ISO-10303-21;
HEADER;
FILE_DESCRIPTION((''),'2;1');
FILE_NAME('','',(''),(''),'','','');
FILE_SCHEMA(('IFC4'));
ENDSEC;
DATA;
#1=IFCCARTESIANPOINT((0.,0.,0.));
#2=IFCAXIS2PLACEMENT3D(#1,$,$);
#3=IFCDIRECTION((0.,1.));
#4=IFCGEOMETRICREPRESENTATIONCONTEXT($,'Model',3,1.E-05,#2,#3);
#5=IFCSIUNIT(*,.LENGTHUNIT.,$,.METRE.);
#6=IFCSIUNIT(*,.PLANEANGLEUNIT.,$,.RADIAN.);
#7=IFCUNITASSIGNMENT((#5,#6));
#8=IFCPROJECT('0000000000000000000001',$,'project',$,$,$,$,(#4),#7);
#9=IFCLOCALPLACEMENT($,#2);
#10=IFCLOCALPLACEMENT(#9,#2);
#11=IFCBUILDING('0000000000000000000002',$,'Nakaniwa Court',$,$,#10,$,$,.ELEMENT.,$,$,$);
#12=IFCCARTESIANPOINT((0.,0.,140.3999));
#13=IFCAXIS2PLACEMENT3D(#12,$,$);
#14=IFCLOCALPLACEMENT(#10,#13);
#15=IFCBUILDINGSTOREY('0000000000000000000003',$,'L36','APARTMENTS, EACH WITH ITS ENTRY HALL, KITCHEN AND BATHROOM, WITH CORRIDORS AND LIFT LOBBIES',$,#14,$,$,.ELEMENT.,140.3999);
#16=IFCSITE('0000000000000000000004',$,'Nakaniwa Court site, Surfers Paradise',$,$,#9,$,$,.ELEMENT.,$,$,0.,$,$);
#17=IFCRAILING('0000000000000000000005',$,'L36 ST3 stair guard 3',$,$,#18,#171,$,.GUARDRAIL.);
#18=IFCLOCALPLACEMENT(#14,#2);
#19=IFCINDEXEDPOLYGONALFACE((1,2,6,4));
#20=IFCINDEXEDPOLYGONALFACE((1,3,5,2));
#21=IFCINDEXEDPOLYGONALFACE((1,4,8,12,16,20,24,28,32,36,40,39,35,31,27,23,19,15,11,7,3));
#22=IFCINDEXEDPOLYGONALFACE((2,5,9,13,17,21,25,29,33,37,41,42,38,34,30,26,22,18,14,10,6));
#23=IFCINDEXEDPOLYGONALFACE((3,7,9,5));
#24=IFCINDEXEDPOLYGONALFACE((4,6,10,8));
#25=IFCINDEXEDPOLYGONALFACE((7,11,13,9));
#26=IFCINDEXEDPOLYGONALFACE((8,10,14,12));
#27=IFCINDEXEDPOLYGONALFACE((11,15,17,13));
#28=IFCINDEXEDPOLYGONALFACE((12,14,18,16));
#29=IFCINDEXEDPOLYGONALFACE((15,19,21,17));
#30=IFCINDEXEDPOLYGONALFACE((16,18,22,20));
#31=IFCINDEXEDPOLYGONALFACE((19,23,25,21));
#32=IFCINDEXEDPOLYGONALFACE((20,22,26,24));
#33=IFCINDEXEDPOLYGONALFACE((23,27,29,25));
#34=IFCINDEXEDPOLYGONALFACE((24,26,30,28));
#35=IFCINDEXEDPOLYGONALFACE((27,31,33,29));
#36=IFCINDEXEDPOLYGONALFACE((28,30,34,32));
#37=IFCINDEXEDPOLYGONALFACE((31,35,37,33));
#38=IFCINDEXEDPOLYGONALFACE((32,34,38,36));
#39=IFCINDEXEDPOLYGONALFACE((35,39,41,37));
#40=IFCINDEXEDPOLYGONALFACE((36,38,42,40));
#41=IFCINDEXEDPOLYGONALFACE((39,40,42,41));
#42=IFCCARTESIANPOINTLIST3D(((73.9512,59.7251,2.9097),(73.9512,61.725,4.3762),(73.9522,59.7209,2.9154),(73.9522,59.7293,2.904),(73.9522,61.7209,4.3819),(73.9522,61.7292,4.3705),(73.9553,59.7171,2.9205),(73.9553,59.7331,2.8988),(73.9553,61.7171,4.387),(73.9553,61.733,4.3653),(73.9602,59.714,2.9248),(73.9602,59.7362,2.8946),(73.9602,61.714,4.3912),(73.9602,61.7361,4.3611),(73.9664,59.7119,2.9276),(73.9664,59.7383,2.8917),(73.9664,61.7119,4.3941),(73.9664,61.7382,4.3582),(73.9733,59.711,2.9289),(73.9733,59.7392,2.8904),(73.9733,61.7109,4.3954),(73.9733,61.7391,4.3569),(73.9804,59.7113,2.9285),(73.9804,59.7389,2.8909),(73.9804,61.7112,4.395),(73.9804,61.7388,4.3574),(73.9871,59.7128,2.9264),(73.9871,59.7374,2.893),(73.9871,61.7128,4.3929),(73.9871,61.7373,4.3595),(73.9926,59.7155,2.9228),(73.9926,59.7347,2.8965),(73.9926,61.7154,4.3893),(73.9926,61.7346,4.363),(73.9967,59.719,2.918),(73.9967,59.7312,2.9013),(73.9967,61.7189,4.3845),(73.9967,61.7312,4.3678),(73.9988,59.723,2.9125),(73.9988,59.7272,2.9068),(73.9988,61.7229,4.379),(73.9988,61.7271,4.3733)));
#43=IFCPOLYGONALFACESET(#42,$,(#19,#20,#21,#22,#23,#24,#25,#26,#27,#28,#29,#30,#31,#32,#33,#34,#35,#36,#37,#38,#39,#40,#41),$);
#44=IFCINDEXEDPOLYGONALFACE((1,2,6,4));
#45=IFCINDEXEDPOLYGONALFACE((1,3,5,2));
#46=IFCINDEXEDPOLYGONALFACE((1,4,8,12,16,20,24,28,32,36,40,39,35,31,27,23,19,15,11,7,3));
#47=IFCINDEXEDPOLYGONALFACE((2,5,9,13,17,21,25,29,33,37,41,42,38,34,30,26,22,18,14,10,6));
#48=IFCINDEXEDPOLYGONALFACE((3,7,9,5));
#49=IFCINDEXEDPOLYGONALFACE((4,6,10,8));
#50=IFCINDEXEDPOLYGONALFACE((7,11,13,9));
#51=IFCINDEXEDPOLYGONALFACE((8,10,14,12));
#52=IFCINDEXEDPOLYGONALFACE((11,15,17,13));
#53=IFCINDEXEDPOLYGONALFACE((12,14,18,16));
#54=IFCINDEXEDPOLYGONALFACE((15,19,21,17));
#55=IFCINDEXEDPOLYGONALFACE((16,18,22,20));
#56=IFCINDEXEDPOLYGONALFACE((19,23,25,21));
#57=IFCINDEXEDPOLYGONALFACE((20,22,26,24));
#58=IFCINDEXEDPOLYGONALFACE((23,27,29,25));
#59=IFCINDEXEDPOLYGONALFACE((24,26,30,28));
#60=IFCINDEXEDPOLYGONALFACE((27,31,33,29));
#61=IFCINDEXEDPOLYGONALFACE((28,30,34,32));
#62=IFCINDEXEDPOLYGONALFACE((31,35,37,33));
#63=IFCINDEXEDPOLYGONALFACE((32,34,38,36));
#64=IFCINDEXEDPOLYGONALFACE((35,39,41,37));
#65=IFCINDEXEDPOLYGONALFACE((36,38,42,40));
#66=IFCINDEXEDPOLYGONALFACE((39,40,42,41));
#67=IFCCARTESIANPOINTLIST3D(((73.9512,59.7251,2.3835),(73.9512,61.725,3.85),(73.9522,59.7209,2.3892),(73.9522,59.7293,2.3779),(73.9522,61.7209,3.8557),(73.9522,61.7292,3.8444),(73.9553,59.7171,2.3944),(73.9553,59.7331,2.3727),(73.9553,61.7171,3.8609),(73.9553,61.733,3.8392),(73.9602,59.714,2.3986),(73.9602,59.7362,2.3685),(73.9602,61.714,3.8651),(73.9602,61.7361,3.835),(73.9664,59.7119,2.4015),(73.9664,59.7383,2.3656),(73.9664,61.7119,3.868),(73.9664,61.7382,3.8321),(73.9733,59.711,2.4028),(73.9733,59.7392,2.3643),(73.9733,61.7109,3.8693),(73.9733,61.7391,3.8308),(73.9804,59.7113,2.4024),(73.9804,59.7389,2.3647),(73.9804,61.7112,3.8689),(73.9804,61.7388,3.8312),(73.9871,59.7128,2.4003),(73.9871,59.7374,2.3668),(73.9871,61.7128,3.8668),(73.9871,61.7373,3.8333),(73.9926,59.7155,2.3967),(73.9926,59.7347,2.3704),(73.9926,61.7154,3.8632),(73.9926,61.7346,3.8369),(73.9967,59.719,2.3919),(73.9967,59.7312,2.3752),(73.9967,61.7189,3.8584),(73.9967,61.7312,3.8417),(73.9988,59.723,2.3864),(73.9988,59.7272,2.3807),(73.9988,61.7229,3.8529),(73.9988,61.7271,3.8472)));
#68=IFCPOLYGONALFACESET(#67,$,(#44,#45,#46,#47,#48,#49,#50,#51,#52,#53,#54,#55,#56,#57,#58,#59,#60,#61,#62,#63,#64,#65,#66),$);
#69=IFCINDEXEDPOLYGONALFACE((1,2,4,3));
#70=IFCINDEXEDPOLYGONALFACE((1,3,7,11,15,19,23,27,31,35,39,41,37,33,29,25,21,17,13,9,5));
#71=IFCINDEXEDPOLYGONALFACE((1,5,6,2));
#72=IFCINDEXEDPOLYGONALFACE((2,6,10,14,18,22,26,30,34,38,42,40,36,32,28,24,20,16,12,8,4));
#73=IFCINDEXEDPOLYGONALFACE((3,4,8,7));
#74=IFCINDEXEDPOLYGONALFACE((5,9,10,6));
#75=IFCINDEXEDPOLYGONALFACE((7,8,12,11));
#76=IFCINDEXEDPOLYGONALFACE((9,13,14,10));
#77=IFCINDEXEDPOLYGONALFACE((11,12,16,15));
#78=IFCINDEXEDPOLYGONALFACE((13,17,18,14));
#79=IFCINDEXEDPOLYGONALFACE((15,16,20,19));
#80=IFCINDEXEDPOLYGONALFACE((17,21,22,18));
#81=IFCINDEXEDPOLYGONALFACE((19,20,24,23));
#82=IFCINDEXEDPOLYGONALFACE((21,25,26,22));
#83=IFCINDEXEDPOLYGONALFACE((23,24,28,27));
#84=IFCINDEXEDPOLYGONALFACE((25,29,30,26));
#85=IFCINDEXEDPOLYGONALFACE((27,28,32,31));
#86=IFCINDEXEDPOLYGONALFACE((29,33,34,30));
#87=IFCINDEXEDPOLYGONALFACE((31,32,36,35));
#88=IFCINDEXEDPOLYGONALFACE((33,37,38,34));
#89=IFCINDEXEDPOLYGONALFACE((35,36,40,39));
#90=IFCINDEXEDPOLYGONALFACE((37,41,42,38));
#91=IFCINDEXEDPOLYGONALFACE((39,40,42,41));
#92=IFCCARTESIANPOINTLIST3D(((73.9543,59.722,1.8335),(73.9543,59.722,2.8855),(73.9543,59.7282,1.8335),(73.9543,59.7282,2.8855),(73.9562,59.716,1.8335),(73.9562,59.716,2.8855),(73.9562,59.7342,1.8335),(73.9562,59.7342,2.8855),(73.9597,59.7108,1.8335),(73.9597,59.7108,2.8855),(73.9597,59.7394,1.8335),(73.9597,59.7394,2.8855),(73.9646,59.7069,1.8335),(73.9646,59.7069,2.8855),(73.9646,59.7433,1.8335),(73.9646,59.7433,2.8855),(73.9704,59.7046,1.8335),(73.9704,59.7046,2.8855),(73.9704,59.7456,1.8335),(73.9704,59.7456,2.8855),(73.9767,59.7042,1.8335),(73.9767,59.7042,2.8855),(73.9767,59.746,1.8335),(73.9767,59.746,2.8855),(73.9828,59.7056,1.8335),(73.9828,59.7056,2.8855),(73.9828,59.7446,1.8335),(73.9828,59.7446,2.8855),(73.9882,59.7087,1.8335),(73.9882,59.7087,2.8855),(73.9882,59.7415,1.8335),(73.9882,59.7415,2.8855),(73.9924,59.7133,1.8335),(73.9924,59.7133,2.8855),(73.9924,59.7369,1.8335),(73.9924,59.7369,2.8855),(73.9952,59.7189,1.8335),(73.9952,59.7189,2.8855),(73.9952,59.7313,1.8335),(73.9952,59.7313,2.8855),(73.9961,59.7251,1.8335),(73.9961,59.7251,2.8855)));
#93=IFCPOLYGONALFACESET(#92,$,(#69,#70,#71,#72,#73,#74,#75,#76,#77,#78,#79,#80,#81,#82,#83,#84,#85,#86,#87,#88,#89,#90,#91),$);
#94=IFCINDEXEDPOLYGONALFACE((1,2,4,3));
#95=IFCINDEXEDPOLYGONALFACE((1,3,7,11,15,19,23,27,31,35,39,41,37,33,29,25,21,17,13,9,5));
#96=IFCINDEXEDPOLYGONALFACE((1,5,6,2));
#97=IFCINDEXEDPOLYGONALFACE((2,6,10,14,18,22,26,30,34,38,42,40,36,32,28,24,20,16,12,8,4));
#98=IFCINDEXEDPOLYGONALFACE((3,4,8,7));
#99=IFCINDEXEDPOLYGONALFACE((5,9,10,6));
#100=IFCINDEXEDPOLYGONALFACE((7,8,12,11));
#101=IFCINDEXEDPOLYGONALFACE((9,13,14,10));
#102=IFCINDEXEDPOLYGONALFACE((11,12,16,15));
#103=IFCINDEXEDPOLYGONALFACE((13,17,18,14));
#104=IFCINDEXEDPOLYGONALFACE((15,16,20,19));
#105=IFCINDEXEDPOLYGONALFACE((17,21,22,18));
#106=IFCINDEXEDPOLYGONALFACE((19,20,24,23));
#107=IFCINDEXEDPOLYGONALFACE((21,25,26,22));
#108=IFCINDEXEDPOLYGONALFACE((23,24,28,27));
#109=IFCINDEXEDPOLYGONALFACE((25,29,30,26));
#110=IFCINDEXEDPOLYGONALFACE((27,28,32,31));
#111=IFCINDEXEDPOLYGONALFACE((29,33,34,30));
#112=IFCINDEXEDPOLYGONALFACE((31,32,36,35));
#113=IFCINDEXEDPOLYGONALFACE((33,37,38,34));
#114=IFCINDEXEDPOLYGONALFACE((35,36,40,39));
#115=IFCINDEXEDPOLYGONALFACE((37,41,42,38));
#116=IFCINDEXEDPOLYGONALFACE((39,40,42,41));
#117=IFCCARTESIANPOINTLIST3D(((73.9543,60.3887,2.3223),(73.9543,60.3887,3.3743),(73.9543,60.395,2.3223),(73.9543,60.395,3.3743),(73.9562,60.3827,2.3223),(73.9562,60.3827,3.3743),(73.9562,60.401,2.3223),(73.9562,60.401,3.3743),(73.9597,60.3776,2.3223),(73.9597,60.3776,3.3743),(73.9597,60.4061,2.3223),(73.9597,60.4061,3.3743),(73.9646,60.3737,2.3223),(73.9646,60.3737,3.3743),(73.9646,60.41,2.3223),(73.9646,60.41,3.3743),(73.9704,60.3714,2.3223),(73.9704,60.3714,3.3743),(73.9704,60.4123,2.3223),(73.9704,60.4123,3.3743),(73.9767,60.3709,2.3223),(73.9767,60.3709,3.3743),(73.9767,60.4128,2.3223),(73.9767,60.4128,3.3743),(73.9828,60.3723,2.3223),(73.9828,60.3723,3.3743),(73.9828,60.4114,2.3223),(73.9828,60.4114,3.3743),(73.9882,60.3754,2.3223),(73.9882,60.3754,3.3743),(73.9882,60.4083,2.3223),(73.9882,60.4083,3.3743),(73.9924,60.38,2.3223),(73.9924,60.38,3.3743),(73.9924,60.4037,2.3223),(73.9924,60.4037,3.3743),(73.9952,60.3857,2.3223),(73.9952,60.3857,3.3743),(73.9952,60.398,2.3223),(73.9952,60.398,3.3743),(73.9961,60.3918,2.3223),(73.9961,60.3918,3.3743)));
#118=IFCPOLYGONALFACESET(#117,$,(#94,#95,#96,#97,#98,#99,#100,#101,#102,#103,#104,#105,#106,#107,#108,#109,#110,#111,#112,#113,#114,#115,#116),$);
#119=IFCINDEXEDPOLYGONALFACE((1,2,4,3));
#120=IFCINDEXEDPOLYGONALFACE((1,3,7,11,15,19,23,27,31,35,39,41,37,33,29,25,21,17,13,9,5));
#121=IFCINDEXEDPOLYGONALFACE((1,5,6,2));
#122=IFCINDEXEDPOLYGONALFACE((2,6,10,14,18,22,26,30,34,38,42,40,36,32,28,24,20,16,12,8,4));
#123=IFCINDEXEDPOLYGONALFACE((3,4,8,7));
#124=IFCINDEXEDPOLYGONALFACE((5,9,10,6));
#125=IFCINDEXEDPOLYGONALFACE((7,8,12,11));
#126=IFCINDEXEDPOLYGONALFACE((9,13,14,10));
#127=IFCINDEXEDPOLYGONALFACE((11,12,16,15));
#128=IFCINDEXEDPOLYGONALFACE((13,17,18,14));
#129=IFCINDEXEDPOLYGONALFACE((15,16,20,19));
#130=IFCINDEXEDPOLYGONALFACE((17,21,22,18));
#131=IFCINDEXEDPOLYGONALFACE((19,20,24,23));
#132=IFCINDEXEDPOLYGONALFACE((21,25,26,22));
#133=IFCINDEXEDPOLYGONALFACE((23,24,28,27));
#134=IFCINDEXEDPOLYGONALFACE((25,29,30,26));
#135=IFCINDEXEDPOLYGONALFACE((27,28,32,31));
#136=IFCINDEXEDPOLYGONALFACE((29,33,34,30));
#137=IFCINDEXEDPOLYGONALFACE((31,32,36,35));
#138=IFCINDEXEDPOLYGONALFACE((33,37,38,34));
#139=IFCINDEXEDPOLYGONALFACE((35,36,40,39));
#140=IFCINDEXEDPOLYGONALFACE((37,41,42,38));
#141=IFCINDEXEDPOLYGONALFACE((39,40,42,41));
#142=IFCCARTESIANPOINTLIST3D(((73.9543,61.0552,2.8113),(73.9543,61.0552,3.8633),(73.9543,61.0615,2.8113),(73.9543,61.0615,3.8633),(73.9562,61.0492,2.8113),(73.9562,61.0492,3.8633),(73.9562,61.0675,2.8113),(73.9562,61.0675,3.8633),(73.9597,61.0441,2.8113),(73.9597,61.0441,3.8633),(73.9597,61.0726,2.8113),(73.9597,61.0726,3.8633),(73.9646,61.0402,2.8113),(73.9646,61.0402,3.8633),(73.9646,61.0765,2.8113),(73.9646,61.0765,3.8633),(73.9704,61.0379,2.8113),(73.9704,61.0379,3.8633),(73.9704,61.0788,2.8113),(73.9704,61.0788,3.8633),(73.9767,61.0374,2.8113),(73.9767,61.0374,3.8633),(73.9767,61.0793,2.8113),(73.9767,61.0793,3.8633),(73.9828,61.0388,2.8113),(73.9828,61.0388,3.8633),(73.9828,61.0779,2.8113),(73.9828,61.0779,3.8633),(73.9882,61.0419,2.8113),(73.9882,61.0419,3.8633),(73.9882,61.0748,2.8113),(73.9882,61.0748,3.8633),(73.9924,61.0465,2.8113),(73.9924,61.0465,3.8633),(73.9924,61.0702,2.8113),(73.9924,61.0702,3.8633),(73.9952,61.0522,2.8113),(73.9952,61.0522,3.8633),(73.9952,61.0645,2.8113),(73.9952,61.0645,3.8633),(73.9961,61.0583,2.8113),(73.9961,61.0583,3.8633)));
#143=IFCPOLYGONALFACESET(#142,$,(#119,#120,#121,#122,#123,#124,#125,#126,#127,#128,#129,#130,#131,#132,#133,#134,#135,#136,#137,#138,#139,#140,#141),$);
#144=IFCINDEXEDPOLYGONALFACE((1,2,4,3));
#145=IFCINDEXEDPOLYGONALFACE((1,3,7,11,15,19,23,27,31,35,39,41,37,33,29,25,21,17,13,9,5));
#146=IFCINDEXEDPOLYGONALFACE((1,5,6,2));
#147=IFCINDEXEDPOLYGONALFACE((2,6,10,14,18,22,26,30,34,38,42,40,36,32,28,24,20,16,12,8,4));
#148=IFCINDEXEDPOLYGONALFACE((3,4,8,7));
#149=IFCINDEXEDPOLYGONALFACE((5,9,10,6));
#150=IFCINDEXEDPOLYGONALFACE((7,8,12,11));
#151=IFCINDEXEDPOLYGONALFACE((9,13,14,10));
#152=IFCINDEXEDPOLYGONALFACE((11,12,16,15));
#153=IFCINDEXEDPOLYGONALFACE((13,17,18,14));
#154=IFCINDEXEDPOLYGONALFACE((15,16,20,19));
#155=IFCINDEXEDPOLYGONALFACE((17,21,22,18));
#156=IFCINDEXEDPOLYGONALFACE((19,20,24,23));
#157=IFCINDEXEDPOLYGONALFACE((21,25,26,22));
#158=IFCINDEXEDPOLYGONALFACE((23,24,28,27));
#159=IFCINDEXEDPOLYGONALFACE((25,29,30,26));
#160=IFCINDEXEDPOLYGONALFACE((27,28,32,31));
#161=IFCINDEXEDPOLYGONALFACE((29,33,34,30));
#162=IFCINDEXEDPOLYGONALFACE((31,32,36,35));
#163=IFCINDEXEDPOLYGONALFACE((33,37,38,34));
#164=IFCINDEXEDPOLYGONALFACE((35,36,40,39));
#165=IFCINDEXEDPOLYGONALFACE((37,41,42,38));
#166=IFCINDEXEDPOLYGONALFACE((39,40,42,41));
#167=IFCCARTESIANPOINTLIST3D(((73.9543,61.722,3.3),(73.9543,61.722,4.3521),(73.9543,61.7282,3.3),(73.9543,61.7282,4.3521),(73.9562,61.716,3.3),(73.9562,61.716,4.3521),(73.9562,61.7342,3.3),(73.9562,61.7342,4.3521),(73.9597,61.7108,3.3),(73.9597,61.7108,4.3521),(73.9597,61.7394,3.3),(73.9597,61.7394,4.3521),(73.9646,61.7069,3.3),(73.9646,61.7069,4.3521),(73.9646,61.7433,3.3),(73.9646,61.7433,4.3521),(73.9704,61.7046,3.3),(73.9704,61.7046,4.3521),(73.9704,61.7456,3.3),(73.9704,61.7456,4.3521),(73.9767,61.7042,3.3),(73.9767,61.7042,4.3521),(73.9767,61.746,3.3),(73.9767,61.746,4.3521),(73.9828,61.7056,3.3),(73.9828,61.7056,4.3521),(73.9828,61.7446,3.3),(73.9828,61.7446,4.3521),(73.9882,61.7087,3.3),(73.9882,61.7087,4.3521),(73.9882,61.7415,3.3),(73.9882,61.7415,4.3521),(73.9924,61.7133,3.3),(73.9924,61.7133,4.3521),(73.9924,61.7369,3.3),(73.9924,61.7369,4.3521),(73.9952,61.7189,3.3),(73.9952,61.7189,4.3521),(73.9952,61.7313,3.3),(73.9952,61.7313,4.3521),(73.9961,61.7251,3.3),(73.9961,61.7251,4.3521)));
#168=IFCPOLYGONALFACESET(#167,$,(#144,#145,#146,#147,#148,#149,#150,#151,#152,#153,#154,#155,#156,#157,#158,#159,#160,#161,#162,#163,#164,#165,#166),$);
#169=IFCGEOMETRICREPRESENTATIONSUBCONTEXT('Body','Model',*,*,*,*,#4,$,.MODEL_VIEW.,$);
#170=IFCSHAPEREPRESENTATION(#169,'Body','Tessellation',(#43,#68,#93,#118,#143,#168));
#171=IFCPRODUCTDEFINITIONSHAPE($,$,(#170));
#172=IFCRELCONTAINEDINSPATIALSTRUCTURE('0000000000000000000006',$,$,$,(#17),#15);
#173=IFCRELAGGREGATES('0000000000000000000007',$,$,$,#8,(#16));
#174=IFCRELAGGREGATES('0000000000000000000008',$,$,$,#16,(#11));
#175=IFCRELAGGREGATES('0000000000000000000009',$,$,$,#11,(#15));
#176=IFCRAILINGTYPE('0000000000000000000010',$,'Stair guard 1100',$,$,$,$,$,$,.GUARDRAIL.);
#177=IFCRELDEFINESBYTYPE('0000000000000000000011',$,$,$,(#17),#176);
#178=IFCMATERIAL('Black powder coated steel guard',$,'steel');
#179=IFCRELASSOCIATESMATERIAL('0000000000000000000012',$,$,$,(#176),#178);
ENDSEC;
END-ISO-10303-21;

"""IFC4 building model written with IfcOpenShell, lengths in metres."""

from ifc_helpers import new_model, si_unit, direction, frame, origin, origin_2d, place, context, subcontext, project, spatial, circle, extrude, material, type_object, element, save


model = new_model("IFC4")

# Units and contexts
model_context = context("Model", 3, precision=1e-05, world=origin(), true_north=direction((0.0, 1.0)))
body_context = subcontext(model_context, "Body", "Model", "MODEL_VIEW")
ifc_project = project(units=[si_unit("LENGTHUNIT", "METRE"), si_unit("PLANEANGLEUNIT", "RADIAN")], contexts=[model_context])

# Site, building, storey
site_placement = place(None, origin())
site = spatial("IfcSite", under=ifc_project, at=site_placement, Name="Nakaniwa Court site, Surfers Paradise", CompositionType="ELEMENT", RefElevation=0.0)
building_placement = place(site_placement, origin())
building = spatial("IfcBuilding", under=site, at=building_placement, Name="Nakaniwa Court", CompositionType="ELEMENT")
storey_placement = place(building_placement, frame((0.0, 0.0, 140.3999)))
storey = spatial("IfcBuildingStorey", under=building, at=storey_placement, Name="L36", Description="APARTMENTS, EACH WITH ITS ENTRY HALL, KITCHEN AND BATHROOM, WITH CORRIDORS AND LIFT LOBBIES", CompositionType="ELEMENT", Elevation=140.3999)

# Railing
ifc_material_1 = material(Name="Black powder coated steel guard", Category="steel")
railing_type_1 = type_object("IfcRailingType", Name="Stair guard 1100", PredefinedType="GUARDRAIL", material=ifc_material_1)
railing_1_placement = place(storey_placement, frame((73.9751, 59.7251, 1.8335)))
element("IfcRailing", 1, at=railing_1_placement, inside=storey, type_object=railing_type_1, Name="L36 ST3 stair guard 3", PredefinedType="GUARDRAIL", context=body_context, shape_type="SweptSolid", body=[
    extrude(circle(Radius=0.0239, at=origin_2d()), frame((0.0, 0.0, 1.0762), z_axis=(0.0, 0.806427, 0.591334), x_axis=(-1.0, 0.0, 0.0)), (0.0, 0.0, 1.0), 2.48),
    extrude(circle(Radius=0.0239, at=origin_2d()), frame((0.0, 0.0, 0.55), z_axis=(0.0, 0.806427, 0.591334), x_axis=(-1.0, 0.0, 0.0)), (0.0, 0.0, 1.0), 2.48),
    extrude(circle(Radius=0.021, at=origin_2d()), origin(), (0.0, 0.0, 1.0), 1.052),
    extrude(circle(Radius=0.021, at=origin_2d()), frame((0.0, 0.6667, 0.4888)), (0.0, 0.0, 1.0), 1.052),
    extrude(circle(Radius=0.021, at=origin_2d()), frame((0.0, 1.3333, 0.9778)), (0.0, 0.0, 1.0), 1.052),
    extrude(circle(Radius=0.021, at=origin_2d()), frame((0.0, 2.0, 1.4666)), (0.0, 0.0, 1.0), 1.052),
])

save(model, "model.ifc")
